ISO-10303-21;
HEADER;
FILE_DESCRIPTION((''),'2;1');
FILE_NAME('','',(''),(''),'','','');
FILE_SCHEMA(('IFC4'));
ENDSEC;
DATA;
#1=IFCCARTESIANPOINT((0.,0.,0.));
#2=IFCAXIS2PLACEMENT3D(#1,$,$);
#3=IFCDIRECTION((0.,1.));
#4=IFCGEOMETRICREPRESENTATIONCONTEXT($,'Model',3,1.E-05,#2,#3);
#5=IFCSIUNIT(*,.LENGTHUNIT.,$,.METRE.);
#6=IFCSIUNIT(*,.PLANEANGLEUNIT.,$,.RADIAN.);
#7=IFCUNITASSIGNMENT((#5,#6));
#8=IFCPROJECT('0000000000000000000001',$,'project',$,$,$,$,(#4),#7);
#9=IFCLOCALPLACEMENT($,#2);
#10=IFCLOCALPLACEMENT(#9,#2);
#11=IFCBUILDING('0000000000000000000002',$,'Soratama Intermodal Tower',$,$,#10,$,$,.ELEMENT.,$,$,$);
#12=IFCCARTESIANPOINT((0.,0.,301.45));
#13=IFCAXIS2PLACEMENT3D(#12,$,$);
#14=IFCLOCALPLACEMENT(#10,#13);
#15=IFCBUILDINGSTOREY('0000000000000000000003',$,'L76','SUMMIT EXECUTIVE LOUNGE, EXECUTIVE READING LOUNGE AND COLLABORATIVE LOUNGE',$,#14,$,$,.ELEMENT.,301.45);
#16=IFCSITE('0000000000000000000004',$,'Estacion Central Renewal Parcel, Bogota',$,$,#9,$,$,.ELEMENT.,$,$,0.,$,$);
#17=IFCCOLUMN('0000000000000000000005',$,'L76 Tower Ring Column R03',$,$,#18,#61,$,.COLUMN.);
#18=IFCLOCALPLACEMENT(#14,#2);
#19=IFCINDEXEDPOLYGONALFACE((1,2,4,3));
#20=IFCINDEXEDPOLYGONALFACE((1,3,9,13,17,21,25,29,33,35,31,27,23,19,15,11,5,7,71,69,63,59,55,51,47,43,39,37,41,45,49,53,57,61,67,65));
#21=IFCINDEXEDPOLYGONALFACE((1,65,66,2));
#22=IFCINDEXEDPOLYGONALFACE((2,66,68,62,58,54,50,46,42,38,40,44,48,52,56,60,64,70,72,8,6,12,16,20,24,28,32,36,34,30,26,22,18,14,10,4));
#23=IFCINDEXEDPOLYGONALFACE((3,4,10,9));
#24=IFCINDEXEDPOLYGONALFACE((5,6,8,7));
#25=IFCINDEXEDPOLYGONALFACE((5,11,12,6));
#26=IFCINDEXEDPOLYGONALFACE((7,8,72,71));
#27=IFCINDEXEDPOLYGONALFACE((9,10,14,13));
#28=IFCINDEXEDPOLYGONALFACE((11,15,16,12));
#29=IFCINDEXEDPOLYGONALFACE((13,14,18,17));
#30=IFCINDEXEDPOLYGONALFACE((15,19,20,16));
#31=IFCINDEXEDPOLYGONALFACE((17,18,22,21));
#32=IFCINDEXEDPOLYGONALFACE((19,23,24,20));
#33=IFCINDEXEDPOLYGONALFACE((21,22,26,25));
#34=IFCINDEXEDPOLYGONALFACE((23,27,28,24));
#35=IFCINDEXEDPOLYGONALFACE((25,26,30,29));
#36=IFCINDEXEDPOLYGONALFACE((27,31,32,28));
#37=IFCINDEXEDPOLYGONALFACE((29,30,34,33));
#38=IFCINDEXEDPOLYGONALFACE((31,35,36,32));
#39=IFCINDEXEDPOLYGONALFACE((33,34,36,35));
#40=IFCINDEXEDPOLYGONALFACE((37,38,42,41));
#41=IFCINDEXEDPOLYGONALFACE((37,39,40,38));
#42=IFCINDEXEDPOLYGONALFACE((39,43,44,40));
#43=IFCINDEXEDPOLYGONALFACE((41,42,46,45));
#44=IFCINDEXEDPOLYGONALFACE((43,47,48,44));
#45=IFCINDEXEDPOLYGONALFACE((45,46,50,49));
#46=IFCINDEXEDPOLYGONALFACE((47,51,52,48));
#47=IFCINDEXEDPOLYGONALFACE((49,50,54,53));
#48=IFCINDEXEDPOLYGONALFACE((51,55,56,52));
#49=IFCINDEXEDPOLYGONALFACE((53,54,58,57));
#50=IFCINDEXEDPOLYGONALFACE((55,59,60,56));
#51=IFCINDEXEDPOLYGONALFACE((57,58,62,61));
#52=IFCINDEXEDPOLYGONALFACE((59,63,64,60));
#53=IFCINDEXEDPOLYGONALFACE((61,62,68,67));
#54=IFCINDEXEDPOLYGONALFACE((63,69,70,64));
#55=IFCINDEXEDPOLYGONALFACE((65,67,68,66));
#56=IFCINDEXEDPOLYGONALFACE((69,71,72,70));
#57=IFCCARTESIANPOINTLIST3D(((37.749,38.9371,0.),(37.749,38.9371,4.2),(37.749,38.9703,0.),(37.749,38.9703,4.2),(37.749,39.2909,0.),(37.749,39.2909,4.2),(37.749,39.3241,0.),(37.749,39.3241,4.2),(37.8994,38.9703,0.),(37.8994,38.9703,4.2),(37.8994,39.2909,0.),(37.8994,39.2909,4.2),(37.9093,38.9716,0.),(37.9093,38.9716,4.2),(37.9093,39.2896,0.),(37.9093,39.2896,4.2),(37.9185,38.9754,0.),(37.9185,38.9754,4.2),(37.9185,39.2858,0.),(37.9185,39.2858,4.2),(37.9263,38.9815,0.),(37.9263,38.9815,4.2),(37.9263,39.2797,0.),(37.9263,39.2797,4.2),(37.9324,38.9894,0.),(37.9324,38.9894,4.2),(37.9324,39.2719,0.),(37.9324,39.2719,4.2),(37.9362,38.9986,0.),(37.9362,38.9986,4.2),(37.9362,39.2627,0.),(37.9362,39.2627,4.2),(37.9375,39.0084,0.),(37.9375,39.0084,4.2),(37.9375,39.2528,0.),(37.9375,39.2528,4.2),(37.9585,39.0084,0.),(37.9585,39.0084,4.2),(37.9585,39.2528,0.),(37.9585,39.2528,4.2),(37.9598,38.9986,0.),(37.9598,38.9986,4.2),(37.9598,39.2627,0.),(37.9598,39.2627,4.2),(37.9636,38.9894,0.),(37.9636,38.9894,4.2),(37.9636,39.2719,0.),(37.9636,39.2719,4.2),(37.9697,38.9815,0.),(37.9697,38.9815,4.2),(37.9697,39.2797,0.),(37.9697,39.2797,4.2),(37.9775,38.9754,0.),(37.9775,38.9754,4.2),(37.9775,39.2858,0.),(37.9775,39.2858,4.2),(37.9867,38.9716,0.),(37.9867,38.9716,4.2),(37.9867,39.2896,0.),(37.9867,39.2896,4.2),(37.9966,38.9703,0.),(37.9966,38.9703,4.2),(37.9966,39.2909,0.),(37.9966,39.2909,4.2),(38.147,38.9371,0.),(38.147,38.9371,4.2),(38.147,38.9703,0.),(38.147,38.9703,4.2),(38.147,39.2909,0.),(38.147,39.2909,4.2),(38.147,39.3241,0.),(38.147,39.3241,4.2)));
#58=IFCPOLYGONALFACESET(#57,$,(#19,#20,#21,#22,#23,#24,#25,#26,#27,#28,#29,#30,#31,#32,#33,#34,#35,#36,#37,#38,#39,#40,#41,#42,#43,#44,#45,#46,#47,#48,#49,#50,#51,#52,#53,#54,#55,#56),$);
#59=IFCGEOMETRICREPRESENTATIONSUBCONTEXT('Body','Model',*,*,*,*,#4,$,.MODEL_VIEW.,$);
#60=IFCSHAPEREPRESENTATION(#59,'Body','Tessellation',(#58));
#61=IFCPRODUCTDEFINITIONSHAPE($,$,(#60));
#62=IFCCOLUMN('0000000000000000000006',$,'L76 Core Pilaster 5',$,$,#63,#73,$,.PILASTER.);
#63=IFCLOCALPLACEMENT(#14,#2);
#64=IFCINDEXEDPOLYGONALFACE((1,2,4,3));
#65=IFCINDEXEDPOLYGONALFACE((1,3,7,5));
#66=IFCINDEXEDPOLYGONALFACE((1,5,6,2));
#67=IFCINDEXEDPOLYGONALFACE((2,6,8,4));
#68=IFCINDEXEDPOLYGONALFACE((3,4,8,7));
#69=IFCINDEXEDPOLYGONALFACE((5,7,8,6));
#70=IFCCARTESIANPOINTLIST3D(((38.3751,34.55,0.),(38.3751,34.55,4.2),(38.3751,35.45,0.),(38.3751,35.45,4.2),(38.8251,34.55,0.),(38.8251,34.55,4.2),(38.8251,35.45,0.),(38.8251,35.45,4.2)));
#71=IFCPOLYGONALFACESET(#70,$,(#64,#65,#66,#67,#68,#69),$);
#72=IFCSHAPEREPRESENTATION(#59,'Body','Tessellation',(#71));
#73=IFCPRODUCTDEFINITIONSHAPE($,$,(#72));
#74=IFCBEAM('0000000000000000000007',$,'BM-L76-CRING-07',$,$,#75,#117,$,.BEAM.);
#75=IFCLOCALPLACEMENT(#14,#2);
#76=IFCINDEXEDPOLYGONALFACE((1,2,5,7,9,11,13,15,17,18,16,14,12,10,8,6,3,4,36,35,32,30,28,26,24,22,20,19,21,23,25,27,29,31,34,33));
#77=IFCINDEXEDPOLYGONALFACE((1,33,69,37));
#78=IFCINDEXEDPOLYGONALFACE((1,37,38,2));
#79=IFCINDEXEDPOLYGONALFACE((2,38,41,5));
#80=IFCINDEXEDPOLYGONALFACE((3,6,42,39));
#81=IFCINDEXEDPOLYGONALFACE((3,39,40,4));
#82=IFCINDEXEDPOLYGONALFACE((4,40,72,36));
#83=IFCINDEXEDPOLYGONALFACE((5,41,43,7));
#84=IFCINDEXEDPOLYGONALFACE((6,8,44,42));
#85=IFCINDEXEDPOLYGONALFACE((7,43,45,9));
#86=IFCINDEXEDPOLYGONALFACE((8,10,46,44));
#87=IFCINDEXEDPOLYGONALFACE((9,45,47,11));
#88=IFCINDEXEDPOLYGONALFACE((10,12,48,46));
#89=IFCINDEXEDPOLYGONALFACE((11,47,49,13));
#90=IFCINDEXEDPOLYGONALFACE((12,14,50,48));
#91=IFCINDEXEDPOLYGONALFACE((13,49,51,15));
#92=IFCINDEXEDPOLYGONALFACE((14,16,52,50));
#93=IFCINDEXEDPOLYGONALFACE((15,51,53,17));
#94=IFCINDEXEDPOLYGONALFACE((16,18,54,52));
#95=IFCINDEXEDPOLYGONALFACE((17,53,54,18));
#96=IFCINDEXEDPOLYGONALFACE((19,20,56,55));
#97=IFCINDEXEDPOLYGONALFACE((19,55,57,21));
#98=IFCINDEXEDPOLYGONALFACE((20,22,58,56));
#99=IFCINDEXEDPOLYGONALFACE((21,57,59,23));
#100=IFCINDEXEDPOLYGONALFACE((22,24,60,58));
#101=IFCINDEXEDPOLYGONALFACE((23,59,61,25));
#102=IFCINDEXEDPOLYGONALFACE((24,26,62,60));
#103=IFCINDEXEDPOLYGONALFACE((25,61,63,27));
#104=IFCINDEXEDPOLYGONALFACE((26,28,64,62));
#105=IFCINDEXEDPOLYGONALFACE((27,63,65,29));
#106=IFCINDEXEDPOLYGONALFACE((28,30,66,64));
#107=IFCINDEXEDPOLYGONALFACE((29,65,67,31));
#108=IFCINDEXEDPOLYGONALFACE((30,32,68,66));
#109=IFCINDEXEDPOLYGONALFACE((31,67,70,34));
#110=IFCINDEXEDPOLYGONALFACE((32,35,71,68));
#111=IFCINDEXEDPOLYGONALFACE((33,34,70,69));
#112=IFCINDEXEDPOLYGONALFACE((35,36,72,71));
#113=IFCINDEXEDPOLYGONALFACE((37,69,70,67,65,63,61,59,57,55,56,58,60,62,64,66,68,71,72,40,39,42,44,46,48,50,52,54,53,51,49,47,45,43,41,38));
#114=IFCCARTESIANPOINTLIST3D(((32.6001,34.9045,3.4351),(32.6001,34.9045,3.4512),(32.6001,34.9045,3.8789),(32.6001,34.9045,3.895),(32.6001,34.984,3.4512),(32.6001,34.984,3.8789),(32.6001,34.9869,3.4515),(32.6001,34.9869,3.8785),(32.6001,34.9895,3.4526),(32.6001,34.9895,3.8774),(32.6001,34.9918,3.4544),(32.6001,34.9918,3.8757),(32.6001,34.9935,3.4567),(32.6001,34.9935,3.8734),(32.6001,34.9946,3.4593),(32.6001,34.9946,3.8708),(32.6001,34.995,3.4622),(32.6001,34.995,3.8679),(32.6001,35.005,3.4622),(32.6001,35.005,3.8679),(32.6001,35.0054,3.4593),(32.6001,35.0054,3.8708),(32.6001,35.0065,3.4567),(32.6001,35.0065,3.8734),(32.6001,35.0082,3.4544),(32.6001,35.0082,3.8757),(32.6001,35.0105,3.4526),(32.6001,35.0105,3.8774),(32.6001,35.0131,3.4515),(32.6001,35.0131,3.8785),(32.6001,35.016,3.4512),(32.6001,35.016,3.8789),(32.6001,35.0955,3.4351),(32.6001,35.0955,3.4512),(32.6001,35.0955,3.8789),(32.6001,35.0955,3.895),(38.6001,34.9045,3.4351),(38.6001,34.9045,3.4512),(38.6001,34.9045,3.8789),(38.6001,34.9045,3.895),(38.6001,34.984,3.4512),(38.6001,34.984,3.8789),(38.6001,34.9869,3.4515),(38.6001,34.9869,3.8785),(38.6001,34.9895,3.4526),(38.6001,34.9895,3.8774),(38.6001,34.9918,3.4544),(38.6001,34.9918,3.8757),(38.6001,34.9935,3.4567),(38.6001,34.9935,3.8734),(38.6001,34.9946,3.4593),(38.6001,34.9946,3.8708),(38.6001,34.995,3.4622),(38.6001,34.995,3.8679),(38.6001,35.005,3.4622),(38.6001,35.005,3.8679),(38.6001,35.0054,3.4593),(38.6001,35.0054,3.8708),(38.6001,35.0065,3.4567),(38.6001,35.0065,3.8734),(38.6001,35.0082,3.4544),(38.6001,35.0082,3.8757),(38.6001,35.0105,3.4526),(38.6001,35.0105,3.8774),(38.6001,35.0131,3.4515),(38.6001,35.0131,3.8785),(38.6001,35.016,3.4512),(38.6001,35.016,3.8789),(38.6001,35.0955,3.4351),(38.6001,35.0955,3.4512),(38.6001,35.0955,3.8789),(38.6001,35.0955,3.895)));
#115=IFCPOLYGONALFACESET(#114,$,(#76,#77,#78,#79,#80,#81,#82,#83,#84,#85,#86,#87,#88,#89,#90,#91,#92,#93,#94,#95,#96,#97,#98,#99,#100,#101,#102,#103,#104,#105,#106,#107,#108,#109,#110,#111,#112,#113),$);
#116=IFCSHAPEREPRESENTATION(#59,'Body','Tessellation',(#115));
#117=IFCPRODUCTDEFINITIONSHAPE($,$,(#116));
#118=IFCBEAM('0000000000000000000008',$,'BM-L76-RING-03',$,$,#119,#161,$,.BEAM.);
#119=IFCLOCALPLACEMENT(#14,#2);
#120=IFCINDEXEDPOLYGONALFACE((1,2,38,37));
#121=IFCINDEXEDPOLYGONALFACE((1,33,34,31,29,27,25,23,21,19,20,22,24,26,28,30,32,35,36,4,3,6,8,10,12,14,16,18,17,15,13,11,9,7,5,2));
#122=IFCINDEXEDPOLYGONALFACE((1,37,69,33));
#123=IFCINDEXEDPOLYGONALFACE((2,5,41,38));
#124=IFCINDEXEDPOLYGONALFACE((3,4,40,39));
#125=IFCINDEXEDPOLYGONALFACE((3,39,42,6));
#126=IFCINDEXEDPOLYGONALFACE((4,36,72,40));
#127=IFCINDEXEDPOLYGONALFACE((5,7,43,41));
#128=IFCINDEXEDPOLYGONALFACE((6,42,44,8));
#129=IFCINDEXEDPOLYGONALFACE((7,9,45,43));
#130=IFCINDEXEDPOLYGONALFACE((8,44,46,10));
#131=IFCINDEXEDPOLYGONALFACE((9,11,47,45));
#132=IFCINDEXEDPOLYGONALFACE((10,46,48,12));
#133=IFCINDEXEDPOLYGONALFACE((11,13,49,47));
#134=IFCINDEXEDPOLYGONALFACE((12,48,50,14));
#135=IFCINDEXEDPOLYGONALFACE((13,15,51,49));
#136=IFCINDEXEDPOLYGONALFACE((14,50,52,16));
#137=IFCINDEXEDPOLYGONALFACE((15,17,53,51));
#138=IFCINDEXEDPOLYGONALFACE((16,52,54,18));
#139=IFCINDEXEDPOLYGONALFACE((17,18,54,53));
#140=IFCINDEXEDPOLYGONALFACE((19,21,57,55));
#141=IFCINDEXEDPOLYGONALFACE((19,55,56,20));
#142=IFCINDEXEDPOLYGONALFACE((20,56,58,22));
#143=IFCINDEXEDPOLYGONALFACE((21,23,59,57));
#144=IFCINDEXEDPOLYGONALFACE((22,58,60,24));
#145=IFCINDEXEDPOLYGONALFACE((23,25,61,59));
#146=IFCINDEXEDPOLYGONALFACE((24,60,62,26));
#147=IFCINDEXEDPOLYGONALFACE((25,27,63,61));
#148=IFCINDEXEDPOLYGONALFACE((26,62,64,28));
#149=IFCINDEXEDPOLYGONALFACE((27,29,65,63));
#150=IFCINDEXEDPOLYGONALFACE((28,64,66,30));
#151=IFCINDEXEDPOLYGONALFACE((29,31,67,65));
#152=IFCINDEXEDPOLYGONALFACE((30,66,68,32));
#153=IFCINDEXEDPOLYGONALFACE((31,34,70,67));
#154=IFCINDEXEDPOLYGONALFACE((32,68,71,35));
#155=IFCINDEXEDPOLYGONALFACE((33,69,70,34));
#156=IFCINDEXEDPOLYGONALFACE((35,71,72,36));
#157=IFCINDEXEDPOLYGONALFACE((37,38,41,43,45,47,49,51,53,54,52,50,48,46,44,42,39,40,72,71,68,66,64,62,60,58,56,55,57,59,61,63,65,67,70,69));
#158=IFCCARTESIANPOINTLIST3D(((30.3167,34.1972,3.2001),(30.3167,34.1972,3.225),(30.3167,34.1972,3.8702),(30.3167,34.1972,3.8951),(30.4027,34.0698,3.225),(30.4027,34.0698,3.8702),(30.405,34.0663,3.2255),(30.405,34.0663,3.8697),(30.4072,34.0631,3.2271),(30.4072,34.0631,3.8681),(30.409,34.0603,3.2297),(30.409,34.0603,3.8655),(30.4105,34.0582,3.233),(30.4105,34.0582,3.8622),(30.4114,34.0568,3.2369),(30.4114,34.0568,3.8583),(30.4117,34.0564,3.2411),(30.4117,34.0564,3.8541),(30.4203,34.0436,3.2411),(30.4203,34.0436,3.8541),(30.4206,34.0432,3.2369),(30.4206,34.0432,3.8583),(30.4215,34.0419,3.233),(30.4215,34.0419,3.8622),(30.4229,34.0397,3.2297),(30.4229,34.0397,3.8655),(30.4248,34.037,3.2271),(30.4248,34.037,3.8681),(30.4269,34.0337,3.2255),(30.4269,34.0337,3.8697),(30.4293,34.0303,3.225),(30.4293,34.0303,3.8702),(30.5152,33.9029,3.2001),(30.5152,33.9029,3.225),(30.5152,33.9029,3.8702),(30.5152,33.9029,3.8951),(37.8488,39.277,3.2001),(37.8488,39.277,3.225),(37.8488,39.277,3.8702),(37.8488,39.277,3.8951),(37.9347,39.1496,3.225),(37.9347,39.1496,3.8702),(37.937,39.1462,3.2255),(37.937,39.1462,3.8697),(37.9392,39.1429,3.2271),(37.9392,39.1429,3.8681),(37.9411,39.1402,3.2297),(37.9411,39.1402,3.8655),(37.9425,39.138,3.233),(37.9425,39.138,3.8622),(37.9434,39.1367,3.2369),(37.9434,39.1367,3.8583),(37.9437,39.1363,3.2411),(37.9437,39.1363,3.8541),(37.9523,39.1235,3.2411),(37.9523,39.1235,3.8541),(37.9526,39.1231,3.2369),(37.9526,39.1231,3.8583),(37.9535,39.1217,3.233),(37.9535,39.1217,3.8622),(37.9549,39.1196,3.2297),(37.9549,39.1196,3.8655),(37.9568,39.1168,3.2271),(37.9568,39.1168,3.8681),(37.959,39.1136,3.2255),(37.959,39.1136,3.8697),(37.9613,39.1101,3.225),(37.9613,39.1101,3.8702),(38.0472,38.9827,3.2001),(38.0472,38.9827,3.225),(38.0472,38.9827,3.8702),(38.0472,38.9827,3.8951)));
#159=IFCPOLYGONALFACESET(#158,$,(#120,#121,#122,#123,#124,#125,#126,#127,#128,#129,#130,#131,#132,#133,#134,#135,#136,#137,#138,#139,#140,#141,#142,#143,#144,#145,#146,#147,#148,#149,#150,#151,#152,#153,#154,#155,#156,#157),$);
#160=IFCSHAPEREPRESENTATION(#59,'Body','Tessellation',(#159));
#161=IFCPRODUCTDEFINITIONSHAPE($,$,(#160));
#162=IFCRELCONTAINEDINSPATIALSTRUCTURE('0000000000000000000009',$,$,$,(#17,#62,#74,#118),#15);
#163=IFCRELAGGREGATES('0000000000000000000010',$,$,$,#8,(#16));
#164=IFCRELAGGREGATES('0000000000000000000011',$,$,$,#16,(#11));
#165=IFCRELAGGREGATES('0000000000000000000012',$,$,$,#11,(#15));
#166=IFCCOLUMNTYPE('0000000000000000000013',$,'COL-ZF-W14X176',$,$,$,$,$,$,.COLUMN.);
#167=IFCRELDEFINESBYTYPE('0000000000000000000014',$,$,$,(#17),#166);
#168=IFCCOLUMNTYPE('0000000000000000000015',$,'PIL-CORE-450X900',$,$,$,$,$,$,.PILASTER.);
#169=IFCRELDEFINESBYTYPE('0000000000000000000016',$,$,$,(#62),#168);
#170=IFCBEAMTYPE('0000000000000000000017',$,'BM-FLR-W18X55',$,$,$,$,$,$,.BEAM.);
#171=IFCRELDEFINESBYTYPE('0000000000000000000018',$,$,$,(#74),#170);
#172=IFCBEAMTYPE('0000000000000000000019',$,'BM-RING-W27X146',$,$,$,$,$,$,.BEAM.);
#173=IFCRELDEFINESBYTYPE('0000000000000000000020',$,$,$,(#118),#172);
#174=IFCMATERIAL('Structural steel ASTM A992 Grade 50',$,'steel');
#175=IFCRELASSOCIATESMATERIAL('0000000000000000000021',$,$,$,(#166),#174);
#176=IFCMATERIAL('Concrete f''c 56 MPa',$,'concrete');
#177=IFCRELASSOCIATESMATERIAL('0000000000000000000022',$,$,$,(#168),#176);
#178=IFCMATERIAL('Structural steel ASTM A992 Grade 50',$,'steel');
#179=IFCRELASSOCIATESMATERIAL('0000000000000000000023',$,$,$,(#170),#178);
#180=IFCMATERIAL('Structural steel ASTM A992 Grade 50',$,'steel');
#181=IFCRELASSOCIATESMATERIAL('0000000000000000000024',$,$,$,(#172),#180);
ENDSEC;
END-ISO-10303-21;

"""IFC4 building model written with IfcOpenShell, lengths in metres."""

from ifc_helpers import new_model, si_unit, direction, frame, origin, origin_2d, place, context, subcontext, project, spatial, rectangle, i_section, extrude, material, material_profile, profile_set, type_object, element, save


model = new_model("IFC4")

# Units and contexts
model_context = context("Model", 3, precision=1e-05, world=origin(), true_north=direction((0.0, 1.0)))
body_context = subcontext(model_context, "Body", "Model", "MODEL_VIEW")
ifc_project = project(units=[si_unit("LENGTHUNIT", "METRE"), si_unit("PLANEANGLEUNIT", "RADIAN")], contexts=[model_context])

# Site, building, storey
site_placement = place(None, origin())
site = spatial("IfcSite", under=ifc_project, at=site_placement, Name="Estacion Central Renewal Parcel, Bogota", CompositionType="ELEMENT", RefElevation=0.0)
building_placement = place(site_placement, origin())
building = spatial("IfcBuilding", under=site, at=building_placement, Name="Soratama Intermodal Tower", CompositionType="ELEMENT")
storey_placement = place(building_placement, frame((0.0, 0.0, 301.45)))
storey = spatial("IfcBuildingStorey", under=building, at=storey_placement, Name="L76", Description="SUMMIT EXECUTIVE LOUNGE, EXECUTIVE READING LOUNGE AND COLLABORATIVE LOUNGE", CompositionType="ELEMENT", Elevation=301.45)

# Columns
ifc_material_1 = material(Name="Structural steel ASTM A992 Grade 50", Category="steel")
ifc_material_profile_1 = material_profile(ifc_material_1, i_section(OverallWidth=0.3979, OverallDepth=0.387, WebThickness=0.021, FlangeThickness=0.0332, FilletRadius=0.0381, at=origin_2d()), Name="W14X176")
ifc_profile_set_1 = profile_set([ifc_material_profile_1], Name="Structural steel ASTM A992 Grade 50")
column_type_1 = type_object("IfcColumnType", Name="COL-ZF-W14X176", PredefinedType="COLUMN", material=ifc_profile_set_1)
column_1_placement = place(storey_placement, frame((37.948, 39.1306, 0.0), z_axis=(0.0, 0.0, 1.0), x_axis=(1.0, 0.0, 0.0)))
element("IfcColumn", 1, at=column_1_placement, inside=storey, type_object=column_type_1, Name="L76 Tower Ring Column R03", PredefinedType="COLUMN", context=body_context, shape_type="SweptSolid", body=[
    extrude(i_section(OverallWidth=0.3979, OverallDepth=0.387, WebThickness=0.021, FlangeThickness=0.0332, FilletRadius=0.0381, at=origin_2d()), origin(), (0.0, 0.0, 1.0), 4.2),
])
ifc_material_2 = material(Name="Concrete f'c 56 MPa", Category="concrete")
ifc_material_profile_2 = material_profile(ifc_material_2, rectangle(XDim=0.45, YDim=0.8999, at=origin_2d()), Name="RC450X900")
ifc_profile_set_2 = profile_set([ifc_material_profile_2], Name="Concrete f'c 56 MPa")
column_type_2 = type_object("IfcColumnType", Name="PIL-CORE-450X900", PredefinedType="PILASTER", material=ifc_profile_set_2)
column_2_placement = place(storey_placement, frame((38.6001, 35.0, 0.0), z_axis=(0.0, 0.0, 1.0), x_axis=(1.0, 0.0, 0.0)))
element("IfcColumn", 2, at=column_2_placement, inside=storey, type_object=column_type_2, Name="L76 Core Pilaster 5", PredefinedType="PILASTER", context=body_context, shape_type="SweptSolid", body=[
    extrude(rectangle(XDim=0.45, YDim=0.8999, at=origin_2d()), origin(), (0.0, 0.0, 1.0), 4.2),
])

# Beams
ifc_material_3 = material(Name="Structural steel ASTM A992 Grade 50", Category="steel")
ifc_material_profile_3 = material_profile(ifc_material_3, i_section(OverallWidth=0.1909, OverallDepth=0.46, WebThickness=0.01, FlangeThickness=0.0161, FilletRadius=0.011, at=origin_2d()), Name="W18X55")
ifc_profile_set_3 = profile_set([ifc_material_profile_3], Name="Structural steel ASTM A992 Grade 50")
beam_type_1 = type_object("IfcBeamType", Name="BM-FLR-W18X55", PredefinedType="BEAM", material=ifc_profile_set_3)
beam_1_placement = place(storey_placement, frame((38.6001, 35.0, 3.665), z_axis=(-1.0, 0.0, 0.0), x_axis=(0.0, -1.0, 0.0)))
element("IfcBeam", 3, at=beam_1_placement, inside=storey, type_object=beam_type_1, Name="BM-L76-CRING-07", PredefinedType="BEAM", context=body_context, shape_type="SweptSolid", body=[
    extrude(i_section(OverallWidth=0.1909, OverallDepth=0.46, WebThickness=0.01, FlangeThickness=0.0161, FilletRadius=0.011, at=origin_2d()), origin(), (0.0, 0.0, 1.0), 6.0),
])
ifc_material_4 = material(Name="Structural steel ASTM A992 Grade 50", Category="steel")
ifc_material_profile_4 = material_profile(ifc_material_4, i_section(OverallWidth=0.355, OverallDepth=0.6951, WebThickness=0.0154, FlangeThickness=0.0249, FilletRadius=0.0161, at=origin_2d()), Name="W27X146")
ifc_profile_set_4 = profile_set([ifc_material_profile_4], Name="Structural steel ASTM A992 Grade 50")
beam_type_2 = type_object("IfcBeamType", Name="BM-RING-W27X146", PredefinedType="BEAM", material=ifc_profile_set_4)
beam_2_placement = place(storey_placement, frame((37.948, 39.1299, 3.5476), z_axis=(-0.829066, -0.559151, 0.0), x_axis=(0.559151, -0.829066, 0.0)))
element("IfcBeam", 4, at=beam_2_placement, inside=storey, type_object=beam_type_2, Name="BM-L76-RING-03", PredefinedType="BEAM", context=body_context, shape_type="SweptSolid", body=[
    extrude(i_section(OverallWidth=0.355, OverallDepth=0.6951, WebThickness=0.0154, FlangeThickness=0.0249, FilletRadius=0.0161, at=origin_2d()), origin(), (0.0, 0.0, 1.0), 9.085),
])

save(model, "model.ifc")
